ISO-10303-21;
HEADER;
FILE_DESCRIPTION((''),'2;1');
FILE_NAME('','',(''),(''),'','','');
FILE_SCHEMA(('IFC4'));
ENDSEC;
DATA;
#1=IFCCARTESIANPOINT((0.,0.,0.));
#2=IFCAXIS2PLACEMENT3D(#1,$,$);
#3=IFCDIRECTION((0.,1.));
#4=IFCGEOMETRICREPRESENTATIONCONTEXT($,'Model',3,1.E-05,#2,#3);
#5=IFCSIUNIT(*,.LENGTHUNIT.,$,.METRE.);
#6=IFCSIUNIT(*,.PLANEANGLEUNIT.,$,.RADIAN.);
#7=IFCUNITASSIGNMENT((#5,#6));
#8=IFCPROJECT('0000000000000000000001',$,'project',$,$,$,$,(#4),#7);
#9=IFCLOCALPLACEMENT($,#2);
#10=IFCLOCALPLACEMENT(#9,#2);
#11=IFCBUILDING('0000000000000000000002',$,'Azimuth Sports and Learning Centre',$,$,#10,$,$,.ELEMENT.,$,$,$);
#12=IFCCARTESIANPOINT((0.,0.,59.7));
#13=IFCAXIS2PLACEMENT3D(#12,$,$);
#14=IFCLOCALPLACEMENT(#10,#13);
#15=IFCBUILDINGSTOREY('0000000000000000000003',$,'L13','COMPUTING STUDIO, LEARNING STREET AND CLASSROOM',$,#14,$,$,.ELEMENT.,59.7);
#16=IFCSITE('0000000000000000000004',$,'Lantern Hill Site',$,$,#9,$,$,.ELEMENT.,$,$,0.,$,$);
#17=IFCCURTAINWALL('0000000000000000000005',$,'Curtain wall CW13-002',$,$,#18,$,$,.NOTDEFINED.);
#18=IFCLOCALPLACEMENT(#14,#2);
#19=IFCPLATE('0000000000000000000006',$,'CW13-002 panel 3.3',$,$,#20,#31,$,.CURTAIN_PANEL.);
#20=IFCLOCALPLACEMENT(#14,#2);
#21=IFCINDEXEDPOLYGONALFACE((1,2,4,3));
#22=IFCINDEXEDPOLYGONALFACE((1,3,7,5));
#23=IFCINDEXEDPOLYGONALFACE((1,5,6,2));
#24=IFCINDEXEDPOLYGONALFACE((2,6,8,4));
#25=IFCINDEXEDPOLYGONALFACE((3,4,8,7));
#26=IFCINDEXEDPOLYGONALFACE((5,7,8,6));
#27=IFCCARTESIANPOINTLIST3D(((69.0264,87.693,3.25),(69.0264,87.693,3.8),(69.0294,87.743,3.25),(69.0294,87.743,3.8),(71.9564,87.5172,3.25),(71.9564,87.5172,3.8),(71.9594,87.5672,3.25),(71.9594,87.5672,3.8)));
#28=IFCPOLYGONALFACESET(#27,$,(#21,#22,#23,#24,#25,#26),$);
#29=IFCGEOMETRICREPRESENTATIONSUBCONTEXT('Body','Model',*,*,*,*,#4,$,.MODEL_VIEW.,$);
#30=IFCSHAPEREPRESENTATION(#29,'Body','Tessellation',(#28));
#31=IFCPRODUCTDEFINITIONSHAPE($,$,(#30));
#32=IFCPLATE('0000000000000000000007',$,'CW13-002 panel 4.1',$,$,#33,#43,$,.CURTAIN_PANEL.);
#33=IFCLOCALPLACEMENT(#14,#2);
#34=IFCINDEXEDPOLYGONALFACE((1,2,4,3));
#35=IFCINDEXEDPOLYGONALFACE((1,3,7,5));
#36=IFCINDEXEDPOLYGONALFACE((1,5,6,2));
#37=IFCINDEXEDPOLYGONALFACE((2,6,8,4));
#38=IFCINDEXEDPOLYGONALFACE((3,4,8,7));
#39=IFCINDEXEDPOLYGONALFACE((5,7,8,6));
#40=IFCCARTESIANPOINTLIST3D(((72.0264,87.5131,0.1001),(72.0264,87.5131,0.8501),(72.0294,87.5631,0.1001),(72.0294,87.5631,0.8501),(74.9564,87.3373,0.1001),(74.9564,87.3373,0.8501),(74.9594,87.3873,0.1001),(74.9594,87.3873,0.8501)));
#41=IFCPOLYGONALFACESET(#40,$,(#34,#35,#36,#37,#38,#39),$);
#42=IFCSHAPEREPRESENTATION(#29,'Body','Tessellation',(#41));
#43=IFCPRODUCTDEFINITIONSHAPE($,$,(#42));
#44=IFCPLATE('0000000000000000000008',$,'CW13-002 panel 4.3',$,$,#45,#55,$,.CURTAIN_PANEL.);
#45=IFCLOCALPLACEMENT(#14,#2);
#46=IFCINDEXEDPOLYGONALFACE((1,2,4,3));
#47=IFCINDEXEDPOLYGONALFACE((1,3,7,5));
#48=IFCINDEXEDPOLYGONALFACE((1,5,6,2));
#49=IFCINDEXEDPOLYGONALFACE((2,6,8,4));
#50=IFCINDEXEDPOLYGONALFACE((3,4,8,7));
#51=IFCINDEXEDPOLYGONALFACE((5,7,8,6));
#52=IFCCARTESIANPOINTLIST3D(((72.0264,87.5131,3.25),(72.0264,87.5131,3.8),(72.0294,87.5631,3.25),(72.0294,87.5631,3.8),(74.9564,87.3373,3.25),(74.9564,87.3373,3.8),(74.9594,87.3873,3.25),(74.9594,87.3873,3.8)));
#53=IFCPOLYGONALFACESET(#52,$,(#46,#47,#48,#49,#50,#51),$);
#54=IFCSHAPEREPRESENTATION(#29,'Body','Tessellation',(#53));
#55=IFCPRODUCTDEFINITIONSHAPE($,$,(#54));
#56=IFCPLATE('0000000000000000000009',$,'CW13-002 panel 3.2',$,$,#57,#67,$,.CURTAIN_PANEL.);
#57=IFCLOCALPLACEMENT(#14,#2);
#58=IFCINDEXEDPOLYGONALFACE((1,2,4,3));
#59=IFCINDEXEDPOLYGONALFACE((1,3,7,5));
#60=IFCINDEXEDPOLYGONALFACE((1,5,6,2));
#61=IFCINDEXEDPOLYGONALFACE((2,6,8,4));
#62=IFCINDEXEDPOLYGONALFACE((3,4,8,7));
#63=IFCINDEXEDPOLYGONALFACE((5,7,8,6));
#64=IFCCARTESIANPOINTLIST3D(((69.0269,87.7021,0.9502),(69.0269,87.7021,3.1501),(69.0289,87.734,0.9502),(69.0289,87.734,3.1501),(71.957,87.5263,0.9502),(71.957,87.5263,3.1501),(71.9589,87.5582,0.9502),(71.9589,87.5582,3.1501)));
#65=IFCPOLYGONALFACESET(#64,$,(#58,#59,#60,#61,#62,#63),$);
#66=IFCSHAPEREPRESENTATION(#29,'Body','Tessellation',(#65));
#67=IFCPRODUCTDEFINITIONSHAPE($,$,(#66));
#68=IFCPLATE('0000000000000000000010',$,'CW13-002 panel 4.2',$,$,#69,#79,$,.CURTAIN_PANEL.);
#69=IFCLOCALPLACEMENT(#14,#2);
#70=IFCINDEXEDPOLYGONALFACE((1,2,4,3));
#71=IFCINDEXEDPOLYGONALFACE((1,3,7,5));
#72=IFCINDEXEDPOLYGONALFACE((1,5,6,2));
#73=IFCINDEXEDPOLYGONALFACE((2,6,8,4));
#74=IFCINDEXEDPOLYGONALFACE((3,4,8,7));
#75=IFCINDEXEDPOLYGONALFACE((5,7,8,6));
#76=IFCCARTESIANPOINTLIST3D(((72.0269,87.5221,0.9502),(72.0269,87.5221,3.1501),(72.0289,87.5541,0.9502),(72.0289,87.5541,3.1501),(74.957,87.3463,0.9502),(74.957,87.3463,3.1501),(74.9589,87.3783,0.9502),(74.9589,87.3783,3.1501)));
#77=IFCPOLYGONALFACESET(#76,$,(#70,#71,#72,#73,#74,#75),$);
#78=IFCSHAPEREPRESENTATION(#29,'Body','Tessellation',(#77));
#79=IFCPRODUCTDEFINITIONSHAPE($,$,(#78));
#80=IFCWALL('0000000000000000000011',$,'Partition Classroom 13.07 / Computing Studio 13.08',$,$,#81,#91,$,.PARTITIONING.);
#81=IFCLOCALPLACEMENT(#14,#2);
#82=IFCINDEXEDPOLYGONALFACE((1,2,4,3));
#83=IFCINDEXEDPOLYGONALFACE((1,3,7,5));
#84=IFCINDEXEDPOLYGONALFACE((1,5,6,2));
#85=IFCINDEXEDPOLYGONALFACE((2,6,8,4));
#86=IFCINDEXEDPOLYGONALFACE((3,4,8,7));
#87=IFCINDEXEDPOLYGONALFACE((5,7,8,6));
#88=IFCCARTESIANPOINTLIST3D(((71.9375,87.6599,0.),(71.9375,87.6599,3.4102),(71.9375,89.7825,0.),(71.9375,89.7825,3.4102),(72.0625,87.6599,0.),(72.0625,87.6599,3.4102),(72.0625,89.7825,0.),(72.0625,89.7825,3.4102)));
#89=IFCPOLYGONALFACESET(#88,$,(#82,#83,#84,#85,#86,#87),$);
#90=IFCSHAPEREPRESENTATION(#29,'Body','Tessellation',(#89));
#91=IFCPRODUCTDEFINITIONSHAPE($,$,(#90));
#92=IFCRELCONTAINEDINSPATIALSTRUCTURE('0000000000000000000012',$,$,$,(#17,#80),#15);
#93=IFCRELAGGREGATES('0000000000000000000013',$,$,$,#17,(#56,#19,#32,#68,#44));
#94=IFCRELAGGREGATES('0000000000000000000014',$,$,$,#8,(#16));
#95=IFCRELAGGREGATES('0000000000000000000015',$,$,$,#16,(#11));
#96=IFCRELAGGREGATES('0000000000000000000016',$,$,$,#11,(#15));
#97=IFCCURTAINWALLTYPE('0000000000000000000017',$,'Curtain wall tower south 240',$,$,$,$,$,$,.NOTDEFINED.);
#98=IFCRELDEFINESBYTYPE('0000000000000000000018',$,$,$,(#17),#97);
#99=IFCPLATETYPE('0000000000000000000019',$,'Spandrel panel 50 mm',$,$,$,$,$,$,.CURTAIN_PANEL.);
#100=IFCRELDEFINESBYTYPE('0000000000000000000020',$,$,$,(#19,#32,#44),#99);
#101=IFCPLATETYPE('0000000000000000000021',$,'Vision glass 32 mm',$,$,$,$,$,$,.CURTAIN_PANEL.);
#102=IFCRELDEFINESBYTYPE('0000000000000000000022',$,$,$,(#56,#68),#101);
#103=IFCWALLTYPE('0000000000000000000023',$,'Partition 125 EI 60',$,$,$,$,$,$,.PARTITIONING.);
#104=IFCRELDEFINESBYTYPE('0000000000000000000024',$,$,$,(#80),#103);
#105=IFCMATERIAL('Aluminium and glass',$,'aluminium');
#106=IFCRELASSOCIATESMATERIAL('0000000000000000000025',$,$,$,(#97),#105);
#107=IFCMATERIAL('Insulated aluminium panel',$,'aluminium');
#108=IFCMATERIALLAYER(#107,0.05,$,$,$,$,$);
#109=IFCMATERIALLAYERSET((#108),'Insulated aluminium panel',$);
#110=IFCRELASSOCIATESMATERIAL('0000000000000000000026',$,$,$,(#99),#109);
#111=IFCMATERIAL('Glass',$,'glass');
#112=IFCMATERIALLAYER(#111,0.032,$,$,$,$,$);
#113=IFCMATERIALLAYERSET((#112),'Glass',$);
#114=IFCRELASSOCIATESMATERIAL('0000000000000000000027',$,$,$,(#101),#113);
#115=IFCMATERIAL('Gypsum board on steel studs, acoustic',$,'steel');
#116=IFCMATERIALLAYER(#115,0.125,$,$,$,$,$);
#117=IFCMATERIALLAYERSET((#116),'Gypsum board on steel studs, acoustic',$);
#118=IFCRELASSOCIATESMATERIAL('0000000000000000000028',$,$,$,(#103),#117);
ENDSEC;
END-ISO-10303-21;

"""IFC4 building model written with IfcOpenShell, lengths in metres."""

from ifc_helpers import new_model, si_unit, direction, frame, frame_2d, origin, origin_2d, place, context, subcontext, project, spatial, rectangle, extrude, material, layer, layer_set, type_object, element, aggregate, save


model = new_model("IFC4")

# Units and contexts
model_context = context("Model", 3, precision=1e-05, world=origin(), true_north=direction((0.0, 1.0)))
body_context = subcontext(model_context, "Body", "Model", "MODEL_VIEW")
ifc_project = project(units=[si_unit("LENGTHUNIT", "METRE"), si_unit("PLANEANGLEUNIT", "RADIAN")], contexts=[model_context])

# Site, building, storey
site_placement = place(None, origin())
site = spatial("IfcSite", under=ifc_project, at=site_placement, Name="Lantern Hill Site", CompositionType="ELEMENT", RefElevation=0.0)
building_placement = place(site_placement, origin())
building = spatial("IfcBuilding", under=site, at=building_placement, Name="Azimuth Sports and Learning Centre", CompositionType="ELEMENT")
storey_placement = place(building_placement, frame((0.0, 0.0, 59.7)))
storey = spatial("IfcBuildingStorey", under=building, at=storey_placement, Name="L13", Description="COMPUTING STUDIO, LEARNING STREET AND CLASSROOM", CompositionType="ELEMENT", Elevation=59.7)

# Curtain wall, plates
ifc_material_1 = material(Name="Aluminium and glass", Category="aluminium")
curtain_wall_type = type_object("IfcCurtainWallType", Name="Curtain wall tower south 240", PredefinedType="NOTDEFINED", material=ifc_material_1)
curtain_wall_placement = place(storey_placement, origin())
curtain_wall = element("IfcCurtainWall", 1, at=curtain_wall_placement, inside=storey, type_object=curtain_wall_type, Name="Curtain wall CW13-002", PredefinedType="NOTDEFINED")
ifc_material_2 = material(Name="Insulated aluminium panel", Category="aluminium")
ifc_layer_1 = layer(ifc_material_2, 0.05)
ifc_layer_set_1 = layer_set([ifc_layer_1], Name="Insulated aluminium panel")
plate_type_1 = type_object("IfcPlateType", Name="Spandrel panel 50 mm", PredefinedType="CURTAIN_PANEL", material=ifc_layer_set_1)
plate_1_placement = place(storey_placement, frame((70.4929, 87.6301, 3.25), z_axis=(0.0, 0.0, 1.0), x_axis=(0.998205, -0.059892, 0.0)))
plate_1 = element("IfcPlate", 2, at=plate_1_placement, type_object=plate_type_1, Name="CW13-002 panel 3.3", PredefinedType="CURTAIN_PANEL", context=body_context, shape_type="SweptSolid", body=[
    extrude(rectangle(XDim=2.9353, YDim=0.05, at=origin_2d()), origin(), (0.0, 0.0, 1.0), 0.55),
])
plate_2_placement = place(storey_placement, frame((73.4929, 87.4502, 0.1001), z_axis=(0.0, 0.0, 1.0), x_axis=(0.998205, -0.059892, 0.0)))
plate_2 = element("IfcPlate", 3, at=plate_2_placement, type_object=plate_type_1, Name="CW13-002 panel 4.1", PredefinedType="CURTAIN_PANEL", context=body_context, shape_type="SweptSolid", body=[
    extrude(rectangle(XDim=2.9353, YDim=0.05, at=origin_2d()), origin(), (0.0, 0.0, 1.0), 0.75),
])
plate_3_placement = place(storey_placement, frame((73.4929, 87.4502, 3.25), z_axis=(0.0, 0.0, 1.0), x_axis=(0.998205, -0.059892, 0.0)))
plate_3 = element("IfcPlate", 4, at=plate_3_placement, type_object=plate_type_1, Name="CW13-002 panel 4.3", PredefinedType="CURTAIN_PANEL", context=body_context, shape_type="SweptSolid", body=[
    extrude(rectangle(XDim=2.9353, YDim=0.05, at=origin_2d()), origin(), (0.0, 0.0, 1.0), 0.55),
])
ifc_material_3 = material(Name="Glass", Category="glass")
ifc_layer_2 = layer(ifc_material_3, 0.032)
ifc_layer_set_2 = layer_set([ifc_layer_2], Name="Glass")
plate_type_2 = type_object("IfcPlateType", Name="Vision glass 32 mm", PredefinedType="CURTAIN_PANEL", material=ifc_layer_set_2)
plate_4_placement = place(storey_placement, frame((70.4929, 87.6301, 0.9502), z_axis=(0.0, 0.0, 1.0), x_axis=(0.998205, -0.059892, 0.0)))
plate_4 = element("IfcPlate", 5, at=plate_4_placement, type_object=plate_type_2, Name="CW13-002 panel 3.2", PredefinedType="CURTAIN_PANEL", context=body_context, shape_type="SweptSolid", body=[
    extrude(rectangle(XDim=2.9353, YDim=0.032, at=origin_2d()), origin(), (0.0, 0.0, 1.0), 2.2),
])
plate_5_placement = place(storey_placement, frame((73.4929, 87.4502, 0.9502), z_axis=(0.0, 0.0, 1.0), x_axis=(0.998205, -0.059892, 0.0)))
plate_5 = element("IfcPlate", 6, at=plate_5_placement, type_object=plate_type_2, Name="CW13-002 panel 4.2", PredefinedType="CURTAIN_PANEL", context=body_context, shape_type="SweptSolid", body=[
    extrude(rectangle(XDim=2.9353, YDim=0.032, at=origin_2d()), origin(), (0.0, 0.0, 1.0), 2.2),
])
aggregate(curtain_wall, [plate_4, plate_1, plate_2, plate_5, plate_3])

# Wall
ifc_material_4 = material(Name="Gypsum board on steel studs, acoustic", Category="steel")
ifc_layer_3 = layer(ifc_material_4, 0.125)
ifc_layer_set_3 = layer_set([ifc_layer_3], Name="Gypsum board on steel studs, acoustic")
wall_type = type_object("IfcWallType", Name="Partition 125 EI 60", PredefinedType="PARTITIONING", material=ifc_layer_set_3)
wall_placement = place(storey_placement, frame((72.0, 87.6599, 0.0), z_axis=(0.0, 0.0, 1.0), x_axis=(0.0, 1.0, 0.0)))
element("IfcWall", 7, at=wall_placement, inside=storey, type_object=wall_type, Name="Partition Classroom 13.07 / Computing Studio 13.08", PredefinedType="PARTITIONING", context=body_context, shape_type="SweptSolid", body=[
    extrude(rectangle(XDim=2.1226, YDim=0.125, at=frame_2d((1.0613, 0.0))), origin(), (0.0, 0.0, 1.0), 3.4102),
])

save(model, "model.ifc")
